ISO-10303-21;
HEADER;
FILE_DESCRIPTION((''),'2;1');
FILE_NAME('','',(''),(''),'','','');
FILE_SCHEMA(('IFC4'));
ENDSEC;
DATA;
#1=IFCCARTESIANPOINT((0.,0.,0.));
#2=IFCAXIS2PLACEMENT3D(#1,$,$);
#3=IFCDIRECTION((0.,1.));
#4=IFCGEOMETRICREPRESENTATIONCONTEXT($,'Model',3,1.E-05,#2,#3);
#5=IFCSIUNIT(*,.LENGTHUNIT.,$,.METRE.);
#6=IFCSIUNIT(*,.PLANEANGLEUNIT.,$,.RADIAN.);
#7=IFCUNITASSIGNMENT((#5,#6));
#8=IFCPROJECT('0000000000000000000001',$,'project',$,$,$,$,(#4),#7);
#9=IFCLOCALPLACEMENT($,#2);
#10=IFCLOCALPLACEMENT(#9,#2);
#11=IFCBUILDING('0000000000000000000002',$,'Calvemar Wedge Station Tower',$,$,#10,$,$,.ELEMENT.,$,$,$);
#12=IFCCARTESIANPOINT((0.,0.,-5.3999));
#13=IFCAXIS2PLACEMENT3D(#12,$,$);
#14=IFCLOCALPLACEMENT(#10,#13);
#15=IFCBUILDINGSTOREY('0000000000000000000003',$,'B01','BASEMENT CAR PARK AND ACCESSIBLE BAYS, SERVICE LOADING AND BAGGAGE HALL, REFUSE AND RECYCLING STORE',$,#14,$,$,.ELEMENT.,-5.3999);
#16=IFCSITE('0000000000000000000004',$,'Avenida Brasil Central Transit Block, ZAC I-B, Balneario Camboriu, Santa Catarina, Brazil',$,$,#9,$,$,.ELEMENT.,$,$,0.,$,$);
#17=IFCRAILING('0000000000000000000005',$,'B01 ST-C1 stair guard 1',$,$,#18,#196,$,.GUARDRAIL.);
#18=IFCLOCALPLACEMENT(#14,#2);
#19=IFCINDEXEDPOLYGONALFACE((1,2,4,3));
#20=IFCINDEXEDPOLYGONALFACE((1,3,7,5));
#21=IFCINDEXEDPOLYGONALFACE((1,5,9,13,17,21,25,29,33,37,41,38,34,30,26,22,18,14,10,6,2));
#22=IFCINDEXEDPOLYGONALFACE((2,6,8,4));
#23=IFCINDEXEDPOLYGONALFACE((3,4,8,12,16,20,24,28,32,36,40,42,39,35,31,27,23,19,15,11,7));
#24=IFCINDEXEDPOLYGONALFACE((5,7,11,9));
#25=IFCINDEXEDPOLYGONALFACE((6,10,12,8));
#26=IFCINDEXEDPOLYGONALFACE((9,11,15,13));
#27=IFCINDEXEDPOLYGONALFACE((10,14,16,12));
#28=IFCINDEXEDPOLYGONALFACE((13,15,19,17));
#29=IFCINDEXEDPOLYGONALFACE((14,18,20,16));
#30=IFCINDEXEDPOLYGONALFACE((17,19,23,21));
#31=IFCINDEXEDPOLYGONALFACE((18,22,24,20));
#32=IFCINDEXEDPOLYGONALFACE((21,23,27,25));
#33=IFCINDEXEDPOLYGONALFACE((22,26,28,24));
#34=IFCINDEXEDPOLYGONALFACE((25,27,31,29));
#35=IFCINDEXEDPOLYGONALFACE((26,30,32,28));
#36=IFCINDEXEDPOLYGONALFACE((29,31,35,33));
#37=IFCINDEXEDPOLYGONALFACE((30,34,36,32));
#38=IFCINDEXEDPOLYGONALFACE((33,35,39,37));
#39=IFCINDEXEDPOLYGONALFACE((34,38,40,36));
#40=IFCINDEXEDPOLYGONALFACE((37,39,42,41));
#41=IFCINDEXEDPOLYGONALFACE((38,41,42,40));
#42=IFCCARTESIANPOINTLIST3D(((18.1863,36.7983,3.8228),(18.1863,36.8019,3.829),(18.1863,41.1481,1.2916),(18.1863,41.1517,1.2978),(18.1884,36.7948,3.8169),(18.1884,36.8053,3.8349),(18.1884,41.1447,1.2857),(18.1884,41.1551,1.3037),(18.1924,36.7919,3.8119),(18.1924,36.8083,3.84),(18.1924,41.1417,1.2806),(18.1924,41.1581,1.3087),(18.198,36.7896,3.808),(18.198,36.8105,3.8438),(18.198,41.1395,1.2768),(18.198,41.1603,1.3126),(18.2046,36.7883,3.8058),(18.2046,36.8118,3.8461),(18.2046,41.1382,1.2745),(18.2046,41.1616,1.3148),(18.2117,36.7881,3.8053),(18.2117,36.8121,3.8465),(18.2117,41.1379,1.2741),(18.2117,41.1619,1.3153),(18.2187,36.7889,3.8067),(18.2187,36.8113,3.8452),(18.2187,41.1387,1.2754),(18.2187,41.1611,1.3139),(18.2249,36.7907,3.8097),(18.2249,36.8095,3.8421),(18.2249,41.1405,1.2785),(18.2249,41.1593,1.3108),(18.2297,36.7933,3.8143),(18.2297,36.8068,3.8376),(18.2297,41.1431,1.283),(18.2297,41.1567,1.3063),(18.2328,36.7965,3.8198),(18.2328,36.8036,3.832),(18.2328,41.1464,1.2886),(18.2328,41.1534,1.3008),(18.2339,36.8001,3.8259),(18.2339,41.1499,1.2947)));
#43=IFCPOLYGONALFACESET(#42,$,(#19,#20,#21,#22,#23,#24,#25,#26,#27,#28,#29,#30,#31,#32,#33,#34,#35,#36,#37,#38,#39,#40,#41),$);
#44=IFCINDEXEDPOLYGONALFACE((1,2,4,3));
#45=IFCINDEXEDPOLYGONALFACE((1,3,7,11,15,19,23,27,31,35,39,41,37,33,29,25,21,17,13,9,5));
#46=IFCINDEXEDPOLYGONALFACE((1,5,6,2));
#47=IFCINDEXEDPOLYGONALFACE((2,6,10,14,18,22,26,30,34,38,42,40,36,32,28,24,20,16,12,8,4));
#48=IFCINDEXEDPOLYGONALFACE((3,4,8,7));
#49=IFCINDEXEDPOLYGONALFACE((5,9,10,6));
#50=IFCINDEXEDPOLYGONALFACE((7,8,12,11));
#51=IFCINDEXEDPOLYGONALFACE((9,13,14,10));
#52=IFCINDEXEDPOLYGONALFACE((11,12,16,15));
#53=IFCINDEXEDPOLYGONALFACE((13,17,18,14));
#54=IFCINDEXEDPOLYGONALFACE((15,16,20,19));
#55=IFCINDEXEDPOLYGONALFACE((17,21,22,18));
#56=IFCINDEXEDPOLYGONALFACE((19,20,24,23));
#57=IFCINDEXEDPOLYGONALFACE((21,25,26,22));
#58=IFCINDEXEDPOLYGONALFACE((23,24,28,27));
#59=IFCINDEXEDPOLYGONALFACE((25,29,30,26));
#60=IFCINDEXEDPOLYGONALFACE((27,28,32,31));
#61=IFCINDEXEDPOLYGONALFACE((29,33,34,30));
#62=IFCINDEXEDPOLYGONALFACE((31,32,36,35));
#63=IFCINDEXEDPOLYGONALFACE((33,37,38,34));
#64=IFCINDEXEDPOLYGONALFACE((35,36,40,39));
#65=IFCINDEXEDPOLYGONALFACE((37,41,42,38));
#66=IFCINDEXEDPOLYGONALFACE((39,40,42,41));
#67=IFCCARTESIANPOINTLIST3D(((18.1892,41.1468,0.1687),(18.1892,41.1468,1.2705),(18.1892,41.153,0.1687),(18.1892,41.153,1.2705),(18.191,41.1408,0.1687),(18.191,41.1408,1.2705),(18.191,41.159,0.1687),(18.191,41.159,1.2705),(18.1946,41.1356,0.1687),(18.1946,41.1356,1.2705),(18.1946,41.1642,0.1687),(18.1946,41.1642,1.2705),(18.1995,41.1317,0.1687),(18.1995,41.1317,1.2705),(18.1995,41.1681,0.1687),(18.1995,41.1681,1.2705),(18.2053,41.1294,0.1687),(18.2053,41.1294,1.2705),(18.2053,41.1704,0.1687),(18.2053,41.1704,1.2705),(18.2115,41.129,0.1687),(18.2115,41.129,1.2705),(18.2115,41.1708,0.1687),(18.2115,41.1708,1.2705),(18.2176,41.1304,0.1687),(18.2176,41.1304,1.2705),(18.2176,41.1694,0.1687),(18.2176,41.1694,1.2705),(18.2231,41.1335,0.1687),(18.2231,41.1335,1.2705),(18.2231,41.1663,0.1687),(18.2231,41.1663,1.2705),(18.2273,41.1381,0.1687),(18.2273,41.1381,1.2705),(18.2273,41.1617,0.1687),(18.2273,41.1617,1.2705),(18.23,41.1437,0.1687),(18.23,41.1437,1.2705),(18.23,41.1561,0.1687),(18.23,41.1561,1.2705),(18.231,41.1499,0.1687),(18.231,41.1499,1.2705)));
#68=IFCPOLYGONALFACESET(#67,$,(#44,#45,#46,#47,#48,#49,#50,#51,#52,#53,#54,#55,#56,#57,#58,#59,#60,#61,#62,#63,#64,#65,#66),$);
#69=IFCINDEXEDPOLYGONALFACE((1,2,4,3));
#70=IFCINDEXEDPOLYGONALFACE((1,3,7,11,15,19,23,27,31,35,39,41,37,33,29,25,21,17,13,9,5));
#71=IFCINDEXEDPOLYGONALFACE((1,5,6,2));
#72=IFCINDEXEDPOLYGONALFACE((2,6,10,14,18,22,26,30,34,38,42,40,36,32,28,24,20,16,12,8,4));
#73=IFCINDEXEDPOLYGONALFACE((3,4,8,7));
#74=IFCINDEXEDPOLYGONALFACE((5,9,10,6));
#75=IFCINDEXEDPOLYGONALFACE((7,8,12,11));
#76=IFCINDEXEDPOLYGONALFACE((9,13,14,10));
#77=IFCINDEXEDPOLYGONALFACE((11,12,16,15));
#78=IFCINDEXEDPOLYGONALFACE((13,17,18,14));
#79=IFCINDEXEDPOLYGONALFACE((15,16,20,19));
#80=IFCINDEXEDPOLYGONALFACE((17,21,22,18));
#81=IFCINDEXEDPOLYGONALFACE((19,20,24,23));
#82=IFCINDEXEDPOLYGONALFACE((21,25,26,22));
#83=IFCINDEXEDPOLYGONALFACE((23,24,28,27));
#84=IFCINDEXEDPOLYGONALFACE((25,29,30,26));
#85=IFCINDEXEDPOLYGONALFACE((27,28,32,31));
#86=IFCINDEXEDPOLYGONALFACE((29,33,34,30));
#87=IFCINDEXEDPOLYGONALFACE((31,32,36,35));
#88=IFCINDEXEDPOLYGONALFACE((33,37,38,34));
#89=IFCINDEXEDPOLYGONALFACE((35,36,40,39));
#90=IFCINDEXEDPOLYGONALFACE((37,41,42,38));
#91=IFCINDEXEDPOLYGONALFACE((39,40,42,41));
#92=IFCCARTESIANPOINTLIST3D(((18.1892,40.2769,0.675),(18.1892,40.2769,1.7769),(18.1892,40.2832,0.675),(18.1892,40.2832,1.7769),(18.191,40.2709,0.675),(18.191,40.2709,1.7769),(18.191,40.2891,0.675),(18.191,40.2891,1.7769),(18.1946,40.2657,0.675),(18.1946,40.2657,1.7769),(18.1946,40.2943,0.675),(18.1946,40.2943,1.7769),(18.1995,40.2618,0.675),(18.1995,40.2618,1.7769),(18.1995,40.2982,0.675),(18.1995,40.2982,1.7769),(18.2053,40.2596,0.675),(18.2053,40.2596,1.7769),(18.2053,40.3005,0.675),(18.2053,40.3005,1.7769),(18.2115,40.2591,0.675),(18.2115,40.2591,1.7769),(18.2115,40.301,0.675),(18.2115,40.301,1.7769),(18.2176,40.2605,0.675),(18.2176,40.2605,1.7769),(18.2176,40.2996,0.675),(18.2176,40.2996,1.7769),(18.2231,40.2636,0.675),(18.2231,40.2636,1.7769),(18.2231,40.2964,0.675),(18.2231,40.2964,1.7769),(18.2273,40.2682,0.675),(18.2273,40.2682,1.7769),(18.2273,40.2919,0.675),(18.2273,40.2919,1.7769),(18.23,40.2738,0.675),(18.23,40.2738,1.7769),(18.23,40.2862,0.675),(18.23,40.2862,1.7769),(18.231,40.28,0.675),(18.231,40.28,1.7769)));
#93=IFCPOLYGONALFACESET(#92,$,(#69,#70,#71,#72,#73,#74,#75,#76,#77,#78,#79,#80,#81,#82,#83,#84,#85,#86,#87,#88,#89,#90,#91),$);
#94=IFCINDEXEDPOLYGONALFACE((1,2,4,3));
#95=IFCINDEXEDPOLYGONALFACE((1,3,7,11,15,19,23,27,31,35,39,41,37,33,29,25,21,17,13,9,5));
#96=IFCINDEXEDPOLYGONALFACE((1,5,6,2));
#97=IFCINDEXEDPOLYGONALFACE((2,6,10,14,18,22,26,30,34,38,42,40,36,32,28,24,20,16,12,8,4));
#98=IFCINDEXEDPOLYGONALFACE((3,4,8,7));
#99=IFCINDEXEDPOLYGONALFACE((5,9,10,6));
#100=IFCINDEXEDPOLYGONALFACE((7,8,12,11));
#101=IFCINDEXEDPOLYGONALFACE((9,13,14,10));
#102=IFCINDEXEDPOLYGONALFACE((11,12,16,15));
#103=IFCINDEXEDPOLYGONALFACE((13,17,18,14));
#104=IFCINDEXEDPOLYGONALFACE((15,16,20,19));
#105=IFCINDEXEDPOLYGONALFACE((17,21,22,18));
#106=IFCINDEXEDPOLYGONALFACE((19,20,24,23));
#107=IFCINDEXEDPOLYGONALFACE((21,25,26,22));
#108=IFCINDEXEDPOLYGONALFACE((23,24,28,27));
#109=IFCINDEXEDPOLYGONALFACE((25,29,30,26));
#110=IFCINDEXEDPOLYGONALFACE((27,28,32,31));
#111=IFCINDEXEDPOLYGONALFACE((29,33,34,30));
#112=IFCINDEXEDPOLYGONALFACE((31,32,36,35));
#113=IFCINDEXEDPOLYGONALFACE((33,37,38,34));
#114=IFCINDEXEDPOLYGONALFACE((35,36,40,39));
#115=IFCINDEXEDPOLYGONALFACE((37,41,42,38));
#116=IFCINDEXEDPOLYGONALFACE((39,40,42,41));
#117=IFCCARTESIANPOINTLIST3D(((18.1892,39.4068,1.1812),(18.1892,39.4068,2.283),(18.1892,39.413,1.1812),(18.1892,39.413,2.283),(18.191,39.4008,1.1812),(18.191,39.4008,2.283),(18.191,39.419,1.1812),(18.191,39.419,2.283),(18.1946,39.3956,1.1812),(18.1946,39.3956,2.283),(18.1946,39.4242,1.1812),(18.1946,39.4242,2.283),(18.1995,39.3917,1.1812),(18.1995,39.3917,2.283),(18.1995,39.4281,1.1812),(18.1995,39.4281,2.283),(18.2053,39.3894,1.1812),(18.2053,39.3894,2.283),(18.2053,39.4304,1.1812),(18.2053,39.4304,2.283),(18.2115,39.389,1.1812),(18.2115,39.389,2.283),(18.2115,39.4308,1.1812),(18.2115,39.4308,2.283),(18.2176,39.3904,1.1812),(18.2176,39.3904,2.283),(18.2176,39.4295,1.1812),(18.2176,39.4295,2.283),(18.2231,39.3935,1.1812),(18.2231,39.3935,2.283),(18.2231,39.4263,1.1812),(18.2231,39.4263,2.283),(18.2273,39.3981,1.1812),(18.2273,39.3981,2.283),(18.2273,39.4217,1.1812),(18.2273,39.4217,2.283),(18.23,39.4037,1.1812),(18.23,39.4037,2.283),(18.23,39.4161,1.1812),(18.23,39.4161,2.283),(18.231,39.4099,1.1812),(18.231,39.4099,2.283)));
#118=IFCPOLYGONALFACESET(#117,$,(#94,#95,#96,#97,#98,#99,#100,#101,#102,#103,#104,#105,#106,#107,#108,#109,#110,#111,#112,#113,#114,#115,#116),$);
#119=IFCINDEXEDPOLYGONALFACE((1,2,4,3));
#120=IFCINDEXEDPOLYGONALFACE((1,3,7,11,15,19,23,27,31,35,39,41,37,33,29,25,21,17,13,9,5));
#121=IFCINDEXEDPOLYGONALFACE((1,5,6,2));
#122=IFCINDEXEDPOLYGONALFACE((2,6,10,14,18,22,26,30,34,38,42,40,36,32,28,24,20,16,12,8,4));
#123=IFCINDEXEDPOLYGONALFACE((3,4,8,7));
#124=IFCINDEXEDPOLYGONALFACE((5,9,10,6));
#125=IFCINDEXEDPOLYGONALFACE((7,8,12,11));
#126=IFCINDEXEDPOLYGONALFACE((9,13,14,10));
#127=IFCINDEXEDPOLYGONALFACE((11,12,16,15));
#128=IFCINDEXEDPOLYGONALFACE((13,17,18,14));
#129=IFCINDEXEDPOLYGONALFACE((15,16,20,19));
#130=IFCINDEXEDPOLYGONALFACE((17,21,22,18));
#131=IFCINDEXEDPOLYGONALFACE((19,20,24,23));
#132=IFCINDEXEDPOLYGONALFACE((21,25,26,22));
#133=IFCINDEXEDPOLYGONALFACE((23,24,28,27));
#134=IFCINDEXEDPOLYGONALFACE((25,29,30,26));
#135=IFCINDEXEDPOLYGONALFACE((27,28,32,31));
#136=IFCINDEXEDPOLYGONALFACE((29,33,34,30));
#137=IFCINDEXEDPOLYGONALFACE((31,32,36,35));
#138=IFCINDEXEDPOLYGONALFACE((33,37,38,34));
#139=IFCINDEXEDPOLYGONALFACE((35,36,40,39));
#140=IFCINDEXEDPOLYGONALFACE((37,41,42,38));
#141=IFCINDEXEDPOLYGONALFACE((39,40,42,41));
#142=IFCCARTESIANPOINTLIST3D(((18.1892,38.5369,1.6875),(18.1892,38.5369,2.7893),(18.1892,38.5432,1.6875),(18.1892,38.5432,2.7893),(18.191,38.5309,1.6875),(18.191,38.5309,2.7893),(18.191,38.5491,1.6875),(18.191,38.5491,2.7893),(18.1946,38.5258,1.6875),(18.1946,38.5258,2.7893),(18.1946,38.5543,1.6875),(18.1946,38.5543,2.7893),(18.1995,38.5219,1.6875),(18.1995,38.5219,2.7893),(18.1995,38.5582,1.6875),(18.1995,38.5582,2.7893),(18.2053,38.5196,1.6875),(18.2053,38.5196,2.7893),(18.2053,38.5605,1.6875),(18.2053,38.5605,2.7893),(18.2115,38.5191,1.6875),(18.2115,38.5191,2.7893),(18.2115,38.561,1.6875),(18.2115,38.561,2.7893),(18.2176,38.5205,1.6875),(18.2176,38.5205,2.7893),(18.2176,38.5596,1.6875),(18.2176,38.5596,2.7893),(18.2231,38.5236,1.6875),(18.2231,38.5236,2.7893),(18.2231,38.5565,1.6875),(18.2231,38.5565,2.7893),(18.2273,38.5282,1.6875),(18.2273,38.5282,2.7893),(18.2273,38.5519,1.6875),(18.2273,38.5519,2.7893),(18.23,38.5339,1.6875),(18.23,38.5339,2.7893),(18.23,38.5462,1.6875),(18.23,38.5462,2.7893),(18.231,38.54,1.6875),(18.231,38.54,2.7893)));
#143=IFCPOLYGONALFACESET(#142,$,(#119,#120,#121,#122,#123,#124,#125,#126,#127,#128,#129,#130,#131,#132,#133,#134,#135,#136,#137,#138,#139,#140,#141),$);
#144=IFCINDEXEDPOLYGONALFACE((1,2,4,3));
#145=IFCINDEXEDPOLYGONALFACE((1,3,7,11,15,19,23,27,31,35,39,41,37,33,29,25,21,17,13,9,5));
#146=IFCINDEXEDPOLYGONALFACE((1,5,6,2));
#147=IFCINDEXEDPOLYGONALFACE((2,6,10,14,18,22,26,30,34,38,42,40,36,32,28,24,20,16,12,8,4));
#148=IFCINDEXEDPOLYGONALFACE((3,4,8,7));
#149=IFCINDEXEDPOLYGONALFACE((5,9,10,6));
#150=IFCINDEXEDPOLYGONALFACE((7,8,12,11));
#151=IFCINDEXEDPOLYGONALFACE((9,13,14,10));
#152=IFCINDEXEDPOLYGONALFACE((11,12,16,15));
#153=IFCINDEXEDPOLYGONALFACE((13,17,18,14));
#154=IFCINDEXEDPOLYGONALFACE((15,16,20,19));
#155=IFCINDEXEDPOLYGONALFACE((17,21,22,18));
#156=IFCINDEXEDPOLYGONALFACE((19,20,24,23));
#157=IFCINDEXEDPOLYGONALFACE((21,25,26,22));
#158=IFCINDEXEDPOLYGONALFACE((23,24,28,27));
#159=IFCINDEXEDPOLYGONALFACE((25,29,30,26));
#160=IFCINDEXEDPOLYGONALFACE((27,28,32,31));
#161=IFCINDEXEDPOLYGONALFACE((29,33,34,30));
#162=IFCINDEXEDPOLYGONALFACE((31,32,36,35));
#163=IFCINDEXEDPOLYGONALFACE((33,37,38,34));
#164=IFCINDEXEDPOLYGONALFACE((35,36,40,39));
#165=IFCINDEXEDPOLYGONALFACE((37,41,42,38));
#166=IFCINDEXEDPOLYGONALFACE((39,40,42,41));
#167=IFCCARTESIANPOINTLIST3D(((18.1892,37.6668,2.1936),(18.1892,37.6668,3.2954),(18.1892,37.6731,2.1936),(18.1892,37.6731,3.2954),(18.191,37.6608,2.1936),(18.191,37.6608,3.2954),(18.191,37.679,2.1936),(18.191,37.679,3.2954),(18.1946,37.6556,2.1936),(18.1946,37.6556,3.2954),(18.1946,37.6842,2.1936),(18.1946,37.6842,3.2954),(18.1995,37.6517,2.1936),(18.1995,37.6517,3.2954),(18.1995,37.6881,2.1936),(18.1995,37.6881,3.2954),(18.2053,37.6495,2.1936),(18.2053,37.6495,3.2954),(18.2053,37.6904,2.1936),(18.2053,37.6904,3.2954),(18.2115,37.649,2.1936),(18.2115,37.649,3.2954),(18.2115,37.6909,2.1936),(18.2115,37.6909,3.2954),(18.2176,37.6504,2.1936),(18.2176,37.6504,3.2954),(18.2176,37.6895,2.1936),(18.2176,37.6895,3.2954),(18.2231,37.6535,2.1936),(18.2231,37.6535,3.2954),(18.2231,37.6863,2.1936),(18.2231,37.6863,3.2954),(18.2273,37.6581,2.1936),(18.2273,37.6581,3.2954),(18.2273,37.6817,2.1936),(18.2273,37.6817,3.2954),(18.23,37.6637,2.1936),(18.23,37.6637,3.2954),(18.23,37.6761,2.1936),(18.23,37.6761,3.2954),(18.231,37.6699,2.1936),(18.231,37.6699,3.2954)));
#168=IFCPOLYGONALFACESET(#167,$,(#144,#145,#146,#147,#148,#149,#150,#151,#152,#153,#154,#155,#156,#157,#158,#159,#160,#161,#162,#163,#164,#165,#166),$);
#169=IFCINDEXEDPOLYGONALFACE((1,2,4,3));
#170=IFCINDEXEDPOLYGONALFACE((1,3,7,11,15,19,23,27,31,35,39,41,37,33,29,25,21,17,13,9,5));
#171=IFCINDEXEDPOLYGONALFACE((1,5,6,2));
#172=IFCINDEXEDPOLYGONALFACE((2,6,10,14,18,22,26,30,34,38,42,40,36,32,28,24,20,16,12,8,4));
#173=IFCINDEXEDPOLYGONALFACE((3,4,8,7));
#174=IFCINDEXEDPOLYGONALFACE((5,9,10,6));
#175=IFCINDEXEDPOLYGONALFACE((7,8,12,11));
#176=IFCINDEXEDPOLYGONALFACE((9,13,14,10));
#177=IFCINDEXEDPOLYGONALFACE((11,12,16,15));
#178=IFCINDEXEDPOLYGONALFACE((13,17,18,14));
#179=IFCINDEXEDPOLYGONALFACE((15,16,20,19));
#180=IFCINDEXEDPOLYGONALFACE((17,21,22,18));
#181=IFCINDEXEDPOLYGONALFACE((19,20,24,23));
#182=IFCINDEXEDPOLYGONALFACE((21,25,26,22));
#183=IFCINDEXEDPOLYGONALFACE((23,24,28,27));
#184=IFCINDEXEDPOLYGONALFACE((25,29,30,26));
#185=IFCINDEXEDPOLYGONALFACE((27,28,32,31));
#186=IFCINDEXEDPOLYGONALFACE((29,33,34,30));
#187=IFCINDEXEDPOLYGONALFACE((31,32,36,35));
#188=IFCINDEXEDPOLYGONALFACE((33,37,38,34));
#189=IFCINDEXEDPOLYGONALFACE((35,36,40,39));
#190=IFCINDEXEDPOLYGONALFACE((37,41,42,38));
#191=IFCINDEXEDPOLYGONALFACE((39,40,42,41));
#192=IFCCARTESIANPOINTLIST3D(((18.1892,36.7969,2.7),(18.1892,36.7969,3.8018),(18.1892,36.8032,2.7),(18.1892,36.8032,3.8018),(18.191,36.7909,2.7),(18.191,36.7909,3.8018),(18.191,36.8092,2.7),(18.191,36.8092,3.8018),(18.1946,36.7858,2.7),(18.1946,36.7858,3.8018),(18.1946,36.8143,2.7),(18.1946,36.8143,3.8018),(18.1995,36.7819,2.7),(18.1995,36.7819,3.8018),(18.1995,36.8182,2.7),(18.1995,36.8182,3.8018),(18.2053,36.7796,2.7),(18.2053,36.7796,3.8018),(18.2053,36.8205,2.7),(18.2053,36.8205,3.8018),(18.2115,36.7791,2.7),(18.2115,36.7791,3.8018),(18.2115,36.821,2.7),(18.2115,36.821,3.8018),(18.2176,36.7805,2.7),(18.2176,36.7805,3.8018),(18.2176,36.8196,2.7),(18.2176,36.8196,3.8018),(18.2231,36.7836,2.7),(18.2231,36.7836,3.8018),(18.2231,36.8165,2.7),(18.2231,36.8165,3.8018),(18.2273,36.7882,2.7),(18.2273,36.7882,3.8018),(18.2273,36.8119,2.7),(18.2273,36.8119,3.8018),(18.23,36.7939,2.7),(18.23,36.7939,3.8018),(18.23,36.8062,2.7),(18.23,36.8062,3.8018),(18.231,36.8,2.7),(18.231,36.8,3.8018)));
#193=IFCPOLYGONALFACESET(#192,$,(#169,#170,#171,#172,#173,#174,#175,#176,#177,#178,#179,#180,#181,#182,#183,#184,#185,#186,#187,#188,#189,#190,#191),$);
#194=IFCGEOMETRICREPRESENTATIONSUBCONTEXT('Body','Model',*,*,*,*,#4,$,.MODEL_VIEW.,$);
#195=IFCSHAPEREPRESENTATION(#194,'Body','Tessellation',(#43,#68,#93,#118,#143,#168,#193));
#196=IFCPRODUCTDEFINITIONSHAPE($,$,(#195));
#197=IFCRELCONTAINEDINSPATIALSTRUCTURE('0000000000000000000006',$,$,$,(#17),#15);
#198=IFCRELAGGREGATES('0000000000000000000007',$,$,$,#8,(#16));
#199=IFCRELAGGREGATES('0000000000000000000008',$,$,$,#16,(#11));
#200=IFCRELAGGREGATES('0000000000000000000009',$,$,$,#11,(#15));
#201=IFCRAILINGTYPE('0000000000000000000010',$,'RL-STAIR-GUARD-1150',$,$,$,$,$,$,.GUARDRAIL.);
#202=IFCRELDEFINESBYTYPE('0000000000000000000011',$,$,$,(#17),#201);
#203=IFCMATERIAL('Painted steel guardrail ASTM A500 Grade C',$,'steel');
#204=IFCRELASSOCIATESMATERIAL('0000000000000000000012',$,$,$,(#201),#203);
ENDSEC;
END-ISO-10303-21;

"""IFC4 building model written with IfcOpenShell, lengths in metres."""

from ifc_helpers import new_model, si_unit, direction, frame, origin, origin_2d, place, context, subcontext, project, spatial, circle, extrude, material, type_object, element, save


model = new_model("IFC4")

# Units and contexts
model_context = context("Model", 3, precision=1e-05, world=origin(), true_north=direction((0.0, 1.0)))
body_context = subcontext(model_context, "Body", "Model", "MODEL_VIEW")
ifc_project = project(units=[si_unit("LENGTHUNIT", "METRE"), si_unit("PLANEANGLEUNIT", "RADIAN")], contexts=[model_context])

# Site, building, storey
site_placement = place(None, origin())
site = spatial("IfcSite", under=ifc_project, at=site_placement, Name="Avenida Brasil Central Transit Block, ZAC I-B, Balneario Camboriu, Santa Catarina, Brazil", CompositionType="ELEMENT", RefElevation=0.0)
building_placement = place(site_placement, origin())
building = spatial("IfcBuilding", under=site, at=building_placement, Name="Calvemar Wedge Station Tower", CompositionType="ELEMENT")
storey_placement = place(building_placement, frame((0.0, 0.0, -5.3999)))
storey = spatial("IfcBuildingStorey", under=building, at=storey_placement, Name="B01", Description="BASEMENT CAR PARK AND ACCESSIBLE BAYS, SERVICE LOADING AND BAGGAGE HALL, REFUSE AND RECYCLING STORE", CompositionType="ELEMENT", Elevation=-5.3999)

# Railing
ifc_material_1 = material(Name="Painted steel guardrail ASTM A500 Grade C", Category="steel")
railing_type_1 = type_object("IfcRailingType", Name="RL-STAIR-GUARD-1150", PredefinedType="GUARDRAIL", material=ifc_material_1)
railing_1_placement = place(storey_placement, frame((18.21, 41.1499, 0.1687)))
element("IfcRailing", 1, at=railing_1_placement, inside=storey, type_object=railing_type_1, Name="B01 ST-C1 stair guard 1", PredefinedType="GUARDRAIL", context=body_context, shape_type="SweptSolid", body=[
    extrude(circle(Radius=0.0239, at=origin_2d()), frame((0.0, 0.0, 1.126), z_axis=(0.0, -0.864312, 0.502957), x_axis=(1.0, 0.0, 0.0)), (0.0, 0.0, 1.0), 5.0327),
    extrude(circle(Radius=0.021, at=origin_2d()), origin(), (0.0, 0.0, 1.0), 1.1018),
    extrude(circle(Radius=0.021, at=origin_2d()), frame((0.0, -0.8699, 0.5063)), (0.0, 0.0, 1.0), 1.1018),
    extrude(circle(Radius=0.021, at=origin_2d()), frame((0.0, -1.74, 1.0125)), (0.0, 0.0, 1.0), 1.1018),
    extrude(circle(Radius=0.021, at=origin_2d()), frame((0.0, -2.6099, 1.5188)), (0.0, 0.0, 1.0), 1.1018),
    extrude(circle(Radius=0.021, at=origin_2d()), frame((0.0, -3.48, 2.0249)), (0.0, 0.0, 1.0), 1.1018),
    extrude(circle(Radius=0.021, at=origin_2d()), frame((0.0, -4.3499, 2.5312)), (0.0, 0.0, 1.0), 1.1018),
])

save(model, "model.ifc")
